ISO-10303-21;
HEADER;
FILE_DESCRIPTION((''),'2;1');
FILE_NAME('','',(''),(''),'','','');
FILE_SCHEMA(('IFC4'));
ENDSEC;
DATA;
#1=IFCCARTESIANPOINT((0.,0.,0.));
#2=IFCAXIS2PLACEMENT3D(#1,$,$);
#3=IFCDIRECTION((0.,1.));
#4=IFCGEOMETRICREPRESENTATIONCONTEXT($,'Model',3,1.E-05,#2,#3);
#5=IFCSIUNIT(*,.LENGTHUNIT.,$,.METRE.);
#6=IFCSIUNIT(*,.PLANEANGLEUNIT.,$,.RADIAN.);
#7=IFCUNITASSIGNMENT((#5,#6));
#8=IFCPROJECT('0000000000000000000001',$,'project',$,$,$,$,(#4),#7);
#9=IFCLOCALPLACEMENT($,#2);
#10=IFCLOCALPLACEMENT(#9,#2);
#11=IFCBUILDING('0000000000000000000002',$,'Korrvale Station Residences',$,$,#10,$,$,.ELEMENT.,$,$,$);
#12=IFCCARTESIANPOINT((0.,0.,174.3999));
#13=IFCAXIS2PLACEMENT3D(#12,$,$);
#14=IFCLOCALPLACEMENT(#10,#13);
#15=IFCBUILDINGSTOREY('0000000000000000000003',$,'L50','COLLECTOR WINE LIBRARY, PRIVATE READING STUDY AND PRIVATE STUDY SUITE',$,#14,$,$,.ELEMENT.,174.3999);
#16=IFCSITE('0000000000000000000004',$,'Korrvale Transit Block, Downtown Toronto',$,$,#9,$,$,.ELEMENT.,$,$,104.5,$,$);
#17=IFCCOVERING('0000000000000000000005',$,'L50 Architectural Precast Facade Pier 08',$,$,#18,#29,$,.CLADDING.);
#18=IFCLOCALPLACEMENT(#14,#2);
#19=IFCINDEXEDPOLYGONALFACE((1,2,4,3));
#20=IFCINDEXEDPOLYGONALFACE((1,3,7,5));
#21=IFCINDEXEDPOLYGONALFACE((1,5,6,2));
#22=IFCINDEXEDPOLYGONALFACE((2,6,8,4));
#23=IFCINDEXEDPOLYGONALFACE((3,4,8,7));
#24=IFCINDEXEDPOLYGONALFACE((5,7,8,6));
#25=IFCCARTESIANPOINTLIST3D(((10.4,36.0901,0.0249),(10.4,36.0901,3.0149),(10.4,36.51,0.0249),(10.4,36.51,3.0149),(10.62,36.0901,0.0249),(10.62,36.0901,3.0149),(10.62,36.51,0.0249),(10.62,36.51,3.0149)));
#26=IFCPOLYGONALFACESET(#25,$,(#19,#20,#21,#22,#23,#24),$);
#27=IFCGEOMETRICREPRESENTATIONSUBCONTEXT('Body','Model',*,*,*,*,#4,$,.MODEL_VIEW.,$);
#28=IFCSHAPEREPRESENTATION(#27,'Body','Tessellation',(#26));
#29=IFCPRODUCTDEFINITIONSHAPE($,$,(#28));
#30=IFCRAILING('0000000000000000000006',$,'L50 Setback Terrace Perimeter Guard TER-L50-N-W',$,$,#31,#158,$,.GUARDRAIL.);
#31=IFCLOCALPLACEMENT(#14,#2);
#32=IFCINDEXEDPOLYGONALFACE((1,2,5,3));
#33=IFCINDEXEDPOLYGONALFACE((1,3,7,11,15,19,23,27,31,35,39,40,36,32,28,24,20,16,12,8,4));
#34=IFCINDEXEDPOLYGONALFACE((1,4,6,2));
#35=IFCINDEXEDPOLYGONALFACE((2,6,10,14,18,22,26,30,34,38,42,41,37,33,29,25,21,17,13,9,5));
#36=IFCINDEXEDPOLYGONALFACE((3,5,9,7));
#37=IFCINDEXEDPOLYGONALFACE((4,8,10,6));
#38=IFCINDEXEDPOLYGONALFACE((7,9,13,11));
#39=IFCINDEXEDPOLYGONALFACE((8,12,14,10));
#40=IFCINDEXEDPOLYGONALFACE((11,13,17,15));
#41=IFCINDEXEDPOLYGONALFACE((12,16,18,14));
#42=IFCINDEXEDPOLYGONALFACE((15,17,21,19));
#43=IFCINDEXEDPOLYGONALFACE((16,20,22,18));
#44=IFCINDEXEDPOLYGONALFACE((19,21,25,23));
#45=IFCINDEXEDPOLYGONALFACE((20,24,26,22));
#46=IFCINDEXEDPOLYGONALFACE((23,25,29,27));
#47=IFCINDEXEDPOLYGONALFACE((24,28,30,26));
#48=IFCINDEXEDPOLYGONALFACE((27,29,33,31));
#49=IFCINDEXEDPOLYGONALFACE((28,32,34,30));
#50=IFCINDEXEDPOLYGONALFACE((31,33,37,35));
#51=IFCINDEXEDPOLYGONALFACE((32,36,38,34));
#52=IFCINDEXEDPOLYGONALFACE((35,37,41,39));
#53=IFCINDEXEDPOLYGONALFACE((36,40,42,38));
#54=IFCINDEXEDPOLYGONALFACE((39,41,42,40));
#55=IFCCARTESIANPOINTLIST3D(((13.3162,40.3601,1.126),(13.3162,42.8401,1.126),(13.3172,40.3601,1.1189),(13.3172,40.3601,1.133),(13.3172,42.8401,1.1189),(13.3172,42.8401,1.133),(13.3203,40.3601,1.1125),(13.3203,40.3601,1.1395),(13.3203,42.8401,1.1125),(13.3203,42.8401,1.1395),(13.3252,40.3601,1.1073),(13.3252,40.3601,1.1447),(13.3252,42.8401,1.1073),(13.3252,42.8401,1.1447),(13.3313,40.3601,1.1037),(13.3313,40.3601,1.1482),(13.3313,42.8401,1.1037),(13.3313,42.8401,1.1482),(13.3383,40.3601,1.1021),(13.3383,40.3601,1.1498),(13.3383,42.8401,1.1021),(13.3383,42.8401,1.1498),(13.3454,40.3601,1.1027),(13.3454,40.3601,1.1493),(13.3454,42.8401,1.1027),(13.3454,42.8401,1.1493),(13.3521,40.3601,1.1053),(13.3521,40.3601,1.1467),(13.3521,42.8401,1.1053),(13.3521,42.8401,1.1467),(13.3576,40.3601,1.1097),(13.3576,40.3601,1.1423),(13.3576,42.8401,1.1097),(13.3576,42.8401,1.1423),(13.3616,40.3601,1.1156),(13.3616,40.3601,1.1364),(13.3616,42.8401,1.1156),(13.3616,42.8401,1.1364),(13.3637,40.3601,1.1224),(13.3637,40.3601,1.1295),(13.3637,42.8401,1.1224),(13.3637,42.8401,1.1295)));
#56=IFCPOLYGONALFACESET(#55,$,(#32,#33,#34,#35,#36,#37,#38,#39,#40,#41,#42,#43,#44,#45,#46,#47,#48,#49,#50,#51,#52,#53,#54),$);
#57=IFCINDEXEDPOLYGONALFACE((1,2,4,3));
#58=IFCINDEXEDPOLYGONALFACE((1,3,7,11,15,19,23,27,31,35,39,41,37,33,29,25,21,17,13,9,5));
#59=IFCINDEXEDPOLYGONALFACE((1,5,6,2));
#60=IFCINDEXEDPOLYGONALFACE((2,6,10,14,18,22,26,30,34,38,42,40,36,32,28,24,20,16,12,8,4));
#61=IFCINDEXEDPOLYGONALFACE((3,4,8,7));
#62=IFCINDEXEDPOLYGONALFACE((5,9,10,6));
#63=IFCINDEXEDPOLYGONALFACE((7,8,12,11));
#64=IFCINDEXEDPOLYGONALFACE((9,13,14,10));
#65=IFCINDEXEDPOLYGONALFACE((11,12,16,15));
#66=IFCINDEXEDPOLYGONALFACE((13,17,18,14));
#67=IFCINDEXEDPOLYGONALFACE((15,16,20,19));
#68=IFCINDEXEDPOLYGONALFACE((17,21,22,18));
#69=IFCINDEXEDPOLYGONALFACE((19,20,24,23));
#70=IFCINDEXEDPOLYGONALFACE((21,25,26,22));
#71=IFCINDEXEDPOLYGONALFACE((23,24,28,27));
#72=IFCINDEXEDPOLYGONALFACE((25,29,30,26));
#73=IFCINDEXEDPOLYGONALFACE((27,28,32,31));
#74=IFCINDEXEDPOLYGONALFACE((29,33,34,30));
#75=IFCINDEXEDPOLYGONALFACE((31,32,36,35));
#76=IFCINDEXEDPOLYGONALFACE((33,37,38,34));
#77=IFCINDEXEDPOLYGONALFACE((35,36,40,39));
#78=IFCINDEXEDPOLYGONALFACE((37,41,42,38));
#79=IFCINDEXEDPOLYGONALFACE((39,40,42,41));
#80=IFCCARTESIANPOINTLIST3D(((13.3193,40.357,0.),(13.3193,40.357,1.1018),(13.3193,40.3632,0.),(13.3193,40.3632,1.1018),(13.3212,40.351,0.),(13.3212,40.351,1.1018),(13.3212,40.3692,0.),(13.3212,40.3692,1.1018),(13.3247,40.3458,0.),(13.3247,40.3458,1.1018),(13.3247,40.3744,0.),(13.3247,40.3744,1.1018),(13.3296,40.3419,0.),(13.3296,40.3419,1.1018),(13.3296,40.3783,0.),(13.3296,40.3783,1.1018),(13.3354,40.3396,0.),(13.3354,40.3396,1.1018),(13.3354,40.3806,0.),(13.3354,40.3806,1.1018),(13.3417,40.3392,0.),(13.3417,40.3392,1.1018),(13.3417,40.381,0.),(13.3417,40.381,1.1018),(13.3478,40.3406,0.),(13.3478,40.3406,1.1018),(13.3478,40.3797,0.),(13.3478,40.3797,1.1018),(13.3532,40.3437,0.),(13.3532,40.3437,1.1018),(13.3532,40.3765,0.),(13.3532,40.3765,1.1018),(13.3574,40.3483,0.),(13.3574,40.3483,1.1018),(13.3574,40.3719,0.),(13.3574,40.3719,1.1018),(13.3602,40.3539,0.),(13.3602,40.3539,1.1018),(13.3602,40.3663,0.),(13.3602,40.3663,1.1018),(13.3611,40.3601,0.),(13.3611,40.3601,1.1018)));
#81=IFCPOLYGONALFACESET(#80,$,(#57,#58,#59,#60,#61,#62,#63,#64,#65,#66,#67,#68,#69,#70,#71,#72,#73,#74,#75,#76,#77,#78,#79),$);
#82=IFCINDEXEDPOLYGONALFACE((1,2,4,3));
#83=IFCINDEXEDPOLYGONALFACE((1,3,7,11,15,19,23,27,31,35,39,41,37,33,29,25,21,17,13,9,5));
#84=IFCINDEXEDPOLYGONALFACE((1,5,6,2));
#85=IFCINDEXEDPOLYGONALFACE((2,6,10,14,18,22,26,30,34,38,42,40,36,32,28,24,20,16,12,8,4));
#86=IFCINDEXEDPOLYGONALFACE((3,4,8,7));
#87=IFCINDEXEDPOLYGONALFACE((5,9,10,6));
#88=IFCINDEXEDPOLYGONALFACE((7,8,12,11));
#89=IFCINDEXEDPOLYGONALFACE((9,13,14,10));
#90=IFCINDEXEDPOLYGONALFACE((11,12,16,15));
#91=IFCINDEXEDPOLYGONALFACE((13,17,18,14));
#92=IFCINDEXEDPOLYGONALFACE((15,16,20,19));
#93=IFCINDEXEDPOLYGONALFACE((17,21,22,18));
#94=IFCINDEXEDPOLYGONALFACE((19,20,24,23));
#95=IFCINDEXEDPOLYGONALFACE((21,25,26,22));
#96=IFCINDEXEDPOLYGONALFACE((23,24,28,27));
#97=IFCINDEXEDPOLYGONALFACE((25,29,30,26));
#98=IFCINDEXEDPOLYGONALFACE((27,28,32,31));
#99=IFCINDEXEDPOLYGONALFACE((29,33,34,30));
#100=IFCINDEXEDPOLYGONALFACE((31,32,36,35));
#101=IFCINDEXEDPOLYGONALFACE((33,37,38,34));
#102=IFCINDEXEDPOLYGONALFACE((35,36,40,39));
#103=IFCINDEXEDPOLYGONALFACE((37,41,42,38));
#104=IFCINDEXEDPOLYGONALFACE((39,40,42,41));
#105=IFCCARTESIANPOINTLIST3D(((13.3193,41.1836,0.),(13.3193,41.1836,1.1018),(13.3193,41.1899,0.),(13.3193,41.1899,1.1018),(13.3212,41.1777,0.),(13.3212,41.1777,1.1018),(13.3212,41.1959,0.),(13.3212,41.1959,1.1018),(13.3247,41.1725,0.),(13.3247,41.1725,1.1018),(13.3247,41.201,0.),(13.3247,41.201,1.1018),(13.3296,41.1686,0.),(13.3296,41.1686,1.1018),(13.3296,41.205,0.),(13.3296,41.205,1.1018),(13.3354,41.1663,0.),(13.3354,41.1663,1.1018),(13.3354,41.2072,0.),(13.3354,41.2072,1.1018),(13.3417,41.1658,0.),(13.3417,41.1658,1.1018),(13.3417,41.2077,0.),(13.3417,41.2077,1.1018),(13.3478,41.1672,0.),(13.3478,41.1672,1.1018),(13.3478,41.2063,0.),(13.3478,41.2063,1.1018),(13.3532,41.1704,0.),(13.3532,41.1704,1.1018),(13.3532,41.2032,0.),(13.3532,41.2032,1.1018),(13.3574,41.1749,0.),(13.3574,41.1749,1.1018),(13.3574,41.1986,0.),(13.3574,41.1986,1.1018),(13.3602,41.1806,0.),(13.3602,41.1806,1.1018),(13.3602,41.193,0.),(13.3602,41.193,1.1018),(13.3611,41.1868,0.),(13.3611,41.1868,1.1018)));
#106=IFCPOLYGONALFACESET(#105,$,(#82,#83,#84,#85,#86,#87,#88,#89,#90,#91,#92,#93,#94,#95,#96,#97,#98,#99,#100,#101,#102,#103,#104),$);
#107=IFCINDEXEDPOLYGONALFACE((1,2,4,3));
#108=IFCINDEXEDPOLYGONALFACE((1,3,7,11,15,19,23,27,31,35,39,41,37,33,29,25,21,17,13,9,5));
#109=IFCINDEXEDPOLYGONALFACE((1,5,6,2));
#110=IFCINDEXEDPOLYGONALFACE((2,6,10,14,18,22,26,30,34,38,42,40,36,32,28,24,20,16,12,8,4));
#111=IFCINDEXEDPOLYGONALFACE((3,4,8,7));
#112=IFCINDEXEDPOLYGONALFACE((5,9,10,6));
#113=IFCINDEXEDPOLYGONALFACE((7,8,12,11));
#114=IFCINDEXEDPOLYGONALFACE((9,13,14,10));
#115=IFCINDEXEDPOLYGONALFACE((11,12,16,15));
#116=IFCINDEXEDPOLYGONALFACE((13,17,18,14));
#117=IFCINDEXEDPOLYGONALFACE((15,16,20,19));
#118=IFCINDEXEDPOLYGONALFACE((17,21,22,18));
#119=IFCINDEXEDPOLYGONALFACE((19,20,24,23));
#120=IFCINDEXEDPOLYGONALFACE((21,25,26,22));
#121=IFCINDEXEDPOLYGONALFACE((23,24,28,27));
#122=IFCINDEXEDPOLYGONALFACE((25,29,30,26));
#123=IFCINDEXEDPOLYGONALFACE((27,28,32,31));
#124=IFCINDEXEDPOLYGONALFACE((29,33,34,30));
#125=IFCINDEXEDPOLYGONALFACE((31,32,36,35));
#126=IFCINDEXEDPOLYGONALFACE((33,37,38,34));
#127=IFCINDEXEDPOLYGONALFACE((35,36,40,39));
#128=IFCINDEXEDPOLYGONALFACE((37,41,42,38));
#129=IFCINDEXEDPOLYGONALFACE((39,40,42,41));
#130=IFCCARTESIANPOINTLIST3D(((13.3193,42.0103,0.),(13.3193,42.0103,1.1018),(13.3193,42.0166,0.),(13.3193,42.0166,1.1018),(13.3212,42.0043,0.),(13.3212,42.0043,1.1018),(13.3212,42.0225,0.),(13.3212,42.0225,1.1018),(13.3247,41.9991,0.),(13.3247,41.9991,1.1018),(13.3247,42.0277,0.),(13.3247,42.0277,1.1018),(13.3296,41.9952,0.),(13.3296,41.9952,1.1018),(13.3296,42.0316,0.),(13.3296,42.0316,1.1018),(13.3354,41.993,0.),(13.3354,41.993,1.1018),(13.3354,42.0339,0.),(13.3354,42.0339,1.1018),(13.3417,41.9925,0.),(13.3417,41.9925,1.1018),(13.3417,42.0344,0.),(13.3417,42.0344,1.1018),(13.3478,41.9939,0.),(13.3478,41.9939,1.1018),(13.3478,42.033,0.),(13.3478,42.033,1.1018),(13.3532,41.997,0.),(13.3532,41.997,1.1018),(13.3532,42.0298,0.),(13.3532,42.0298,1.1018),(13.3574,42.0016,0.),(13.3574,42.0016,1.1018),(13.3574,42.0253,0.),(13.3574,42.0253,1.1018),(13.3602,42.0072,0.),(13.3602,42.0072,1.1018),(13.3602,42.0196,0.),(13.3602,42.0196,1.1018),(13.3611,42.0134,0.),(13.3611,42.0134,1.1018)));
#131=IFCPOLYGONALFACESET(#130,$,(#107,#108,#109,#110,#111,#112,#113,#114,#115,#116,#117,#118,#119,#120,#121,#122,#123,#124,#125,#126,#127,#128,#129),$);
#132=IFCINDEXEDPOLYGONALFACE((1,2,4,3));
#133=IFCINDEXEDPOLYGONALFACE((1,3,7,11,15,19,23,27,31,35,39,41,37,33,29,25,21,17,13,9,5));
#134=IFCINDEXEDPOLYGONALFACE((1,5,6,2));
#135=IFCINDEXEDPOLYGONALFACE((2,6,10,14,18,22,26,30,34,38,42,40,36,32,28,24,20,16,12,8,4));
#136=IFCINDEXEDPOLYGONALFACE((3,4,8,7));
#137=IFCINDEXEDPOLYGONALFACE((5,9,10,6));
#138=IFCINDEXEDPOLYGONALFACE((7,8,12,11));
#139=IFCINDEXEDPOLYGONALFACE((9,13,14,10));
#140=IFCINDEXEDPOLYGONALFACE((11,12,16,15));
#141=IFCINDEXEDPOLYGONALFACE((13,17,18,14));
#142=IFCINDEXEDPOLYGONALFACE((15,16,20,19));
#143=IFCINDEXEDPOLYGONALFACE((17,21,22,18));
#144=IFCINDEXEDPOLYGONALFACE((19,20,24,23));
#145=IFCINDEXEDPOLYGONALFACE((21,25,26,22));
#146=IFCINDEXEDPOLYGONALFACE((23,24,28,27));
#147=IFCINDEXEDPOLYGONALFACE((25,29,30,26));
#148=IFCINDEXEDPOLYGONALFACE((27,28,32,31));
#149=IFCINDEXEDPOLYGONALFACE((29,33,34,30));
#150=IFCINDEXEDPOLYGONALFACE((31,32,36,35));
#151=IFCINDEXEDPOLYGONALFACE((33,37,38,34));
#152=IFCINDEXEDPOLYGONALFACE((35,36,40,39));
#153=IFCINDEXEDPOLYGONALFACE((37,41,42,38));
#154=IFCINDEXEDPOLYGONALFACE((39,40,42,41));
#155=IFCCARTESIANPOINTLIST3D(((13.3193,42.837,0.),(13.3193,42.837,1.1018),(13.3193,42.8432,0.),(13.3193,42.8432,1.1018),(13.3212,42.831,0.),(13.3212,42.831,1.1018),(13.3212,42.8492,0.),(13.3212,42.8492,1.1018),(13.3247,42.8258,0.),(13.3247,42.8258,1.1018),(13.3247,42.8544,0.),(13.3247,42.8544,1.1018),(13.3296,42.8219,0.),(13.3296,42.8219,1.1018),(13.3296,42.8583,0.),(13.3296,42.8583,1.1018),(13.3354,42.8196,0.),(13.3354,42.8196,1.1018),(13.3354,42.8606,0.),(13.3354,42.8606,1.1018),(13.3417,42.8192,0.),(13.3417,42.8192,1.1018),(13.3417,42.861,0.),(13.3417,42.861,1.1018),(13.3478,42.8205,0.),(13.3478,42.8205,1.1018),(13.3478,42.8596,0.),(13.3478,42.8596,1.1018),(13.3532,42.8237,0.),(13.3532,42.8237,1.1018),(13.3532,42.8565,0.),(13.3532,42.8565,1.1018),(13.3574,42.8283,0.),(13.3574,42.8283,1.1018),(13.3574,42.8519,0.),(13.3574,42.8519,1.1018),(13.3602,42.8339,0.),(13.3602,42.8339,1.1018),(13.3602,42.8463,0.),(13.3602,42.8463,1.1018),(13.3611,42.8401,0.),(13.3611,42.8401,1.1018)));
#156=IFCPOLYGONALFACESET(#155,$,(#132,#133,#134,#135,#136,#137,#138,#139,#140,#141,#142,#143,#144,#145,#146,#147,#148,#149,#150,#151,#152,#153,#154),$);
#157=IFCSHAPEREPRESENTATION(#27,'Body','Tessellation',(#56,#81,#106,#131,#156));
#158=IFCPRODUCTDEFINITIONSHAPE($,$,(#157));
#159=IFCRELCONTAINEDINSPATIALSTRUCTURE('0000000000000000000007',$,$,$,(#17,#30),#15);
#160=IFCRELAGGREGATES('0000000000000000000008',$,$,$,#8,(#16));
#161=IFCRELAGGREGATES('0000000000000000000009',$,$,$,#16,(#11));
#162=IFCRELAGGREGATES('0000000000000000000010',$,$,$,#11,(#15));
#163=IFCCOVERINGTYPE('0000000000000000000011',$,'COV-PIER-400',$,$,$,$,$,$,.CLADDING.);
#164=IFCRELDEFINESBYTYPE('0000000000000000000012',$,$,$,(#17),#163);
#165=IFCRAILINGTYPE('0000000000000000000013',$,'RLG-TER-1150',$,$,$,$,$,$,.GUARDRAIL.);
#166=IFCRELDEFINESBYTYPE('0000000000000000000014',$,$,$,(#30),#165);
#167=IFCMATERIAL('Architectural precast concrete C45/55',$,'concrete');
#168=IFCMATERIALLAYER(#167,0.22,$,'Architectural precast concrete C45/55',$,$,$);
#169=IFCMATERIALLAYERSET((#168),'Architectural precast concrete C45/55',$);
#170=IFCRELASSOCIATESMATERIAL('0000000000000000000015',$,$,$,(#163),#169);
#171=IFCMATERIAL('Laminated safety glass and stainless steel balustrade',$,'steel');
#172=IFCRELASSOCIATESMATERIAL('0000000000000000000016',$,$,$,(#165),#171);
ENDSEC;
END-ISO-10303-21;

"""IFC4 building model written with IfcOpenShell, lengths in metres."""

from ifc_helpers import new_model, si_unit, direction, frame, origin, origin_2d, place, context, subcontext, project, spatial, rectangle, circle, extrude, material, layer, layer_set, type_object, element, save


model = new_model("IFC4")

# Units and contexts
model_context = context("Model", 3, precision=1e-05, world=origin(), true_north=direction((0.0, 1.0)))
body_context = subcontext(model_context, "Body", "Model", "MODEL_VIEW")
ifc_project = project(units=[si_unit("LENGTHUNIT", "METRE"), si_unit("PLANEANGLEUNIT", "RADIAN")], contexts=[model_context])

# Site, building, storey
site_placement = place(None, origin())
site = spatial("IfcSite", under=ifc_project, at=site_placement, Name="Korrvale Transit Block, Downtown Toronto", CompositionType="ELEMENT", RefElevation=104.5)
building_placement = place(site_placement, origin())
building = spatial("IfcBuilding", under=site, at=building_placement, Name="Korrvale Station Residences", CompositionType="ELEMENT")
storey_placement = place(building_placement, frame((0.0, 0.0, 174.3999)))
storey = spatial("IfcBuildingStorey", under=building, at=storey_placement, Name="L50", Description="COLLECTOR WINE LIBRARY, PRIVATE READING STUDY AND PRIVATE STUDY SUITE", CompositionType="ELEMENT", Elevation=174.3999)

# Covering
ifc_material_1 = material(Name="Architectural precast concrete C45/55", Category="concrete")
ifc_layer_1 = layer(ifc_material_1, 0.22, Name="Architectural precast concrete C45/55")
ifc_layer_set_1 = layer_set([ifc_layer_1], Name="Architectural precast concrete C45/55")
covering_type = type_object("IfcCoveringType", Name="COV-PIER-400", PredefinedType="CLADDING", material=ifc_layer_set_1)
covering_placement = place(storey_placement, frame((10.51, 36.3, 0.0249), z_axis=(0.0, 0.0, 1.0), x_axis=(0.0, 1.0, 0.0)))
element("IfcCovering", 1, at=covering_placement, inside=storey, type_object=covering_type, Name="L50 Architectural Precast Facade Pier 08", PredefinedType="CLADDING", context=body_context, shape_type="SweptSolid", body=[
    extrude(rectangle(XDim=0.4199, YDim=0.22, at=origin_2d()), origin(), (0.0, 0.0, 1.0), 2.99),
])

# Railing
ifc_material_2 = material(Name="Laminated safety glass and stainless steel balustrade", Category="steel")
railing_type = type_object("IfcRailingType", Name="RLG-TER-1150", PredefinedType="GUARDRAIL", material=ifc_material_2)
railing_1_placement = place(storey_placement, frame((13.3401, 40.3601, 0.0)))
element("IfcRailing", 2, at=railing_1_placement, inside=storey, type_object=railing_type, Name="L50 Setback Terrace Perimeter Guard TER-L50-N-W", PredefinedType="GUARDRAIL", context=body_context, shape_type="SweptSolid", body=[
    extrude(circle(Radius=0.0239, at=origin_2d()), frame((0.0, 0.0, 1.126), z_axis=(0.0, 1.0, 0.0), x_axis=(-1.0, 0.0, 0.0)), (0.0, 0.0, 1.0), 2.48),
    extrude(circle(Radius=0.021, at=origin_2d()), origin(), (0.0, 0.0, 1.0), 1.1018),
    extrude(circle(Radius=0.021, at=origin_2d()), frame((0.0, 0.8267, 0.0)), (0.0, 0.0, 1.0), 1.1018),
    extrude(circle(Radius=0.021, at=origin_2d()), frame((0.0, 1.6533, 0.0)), (0.0, 0.0, 1.0), 1.1018),
    extrude(circle(Radius=0.021, at=origin_2d()), frame((0.0, 2.48, 0.0)), (0.0, 0.0, 1.0), 1.1018),
])

save(model, "model.ifc")
